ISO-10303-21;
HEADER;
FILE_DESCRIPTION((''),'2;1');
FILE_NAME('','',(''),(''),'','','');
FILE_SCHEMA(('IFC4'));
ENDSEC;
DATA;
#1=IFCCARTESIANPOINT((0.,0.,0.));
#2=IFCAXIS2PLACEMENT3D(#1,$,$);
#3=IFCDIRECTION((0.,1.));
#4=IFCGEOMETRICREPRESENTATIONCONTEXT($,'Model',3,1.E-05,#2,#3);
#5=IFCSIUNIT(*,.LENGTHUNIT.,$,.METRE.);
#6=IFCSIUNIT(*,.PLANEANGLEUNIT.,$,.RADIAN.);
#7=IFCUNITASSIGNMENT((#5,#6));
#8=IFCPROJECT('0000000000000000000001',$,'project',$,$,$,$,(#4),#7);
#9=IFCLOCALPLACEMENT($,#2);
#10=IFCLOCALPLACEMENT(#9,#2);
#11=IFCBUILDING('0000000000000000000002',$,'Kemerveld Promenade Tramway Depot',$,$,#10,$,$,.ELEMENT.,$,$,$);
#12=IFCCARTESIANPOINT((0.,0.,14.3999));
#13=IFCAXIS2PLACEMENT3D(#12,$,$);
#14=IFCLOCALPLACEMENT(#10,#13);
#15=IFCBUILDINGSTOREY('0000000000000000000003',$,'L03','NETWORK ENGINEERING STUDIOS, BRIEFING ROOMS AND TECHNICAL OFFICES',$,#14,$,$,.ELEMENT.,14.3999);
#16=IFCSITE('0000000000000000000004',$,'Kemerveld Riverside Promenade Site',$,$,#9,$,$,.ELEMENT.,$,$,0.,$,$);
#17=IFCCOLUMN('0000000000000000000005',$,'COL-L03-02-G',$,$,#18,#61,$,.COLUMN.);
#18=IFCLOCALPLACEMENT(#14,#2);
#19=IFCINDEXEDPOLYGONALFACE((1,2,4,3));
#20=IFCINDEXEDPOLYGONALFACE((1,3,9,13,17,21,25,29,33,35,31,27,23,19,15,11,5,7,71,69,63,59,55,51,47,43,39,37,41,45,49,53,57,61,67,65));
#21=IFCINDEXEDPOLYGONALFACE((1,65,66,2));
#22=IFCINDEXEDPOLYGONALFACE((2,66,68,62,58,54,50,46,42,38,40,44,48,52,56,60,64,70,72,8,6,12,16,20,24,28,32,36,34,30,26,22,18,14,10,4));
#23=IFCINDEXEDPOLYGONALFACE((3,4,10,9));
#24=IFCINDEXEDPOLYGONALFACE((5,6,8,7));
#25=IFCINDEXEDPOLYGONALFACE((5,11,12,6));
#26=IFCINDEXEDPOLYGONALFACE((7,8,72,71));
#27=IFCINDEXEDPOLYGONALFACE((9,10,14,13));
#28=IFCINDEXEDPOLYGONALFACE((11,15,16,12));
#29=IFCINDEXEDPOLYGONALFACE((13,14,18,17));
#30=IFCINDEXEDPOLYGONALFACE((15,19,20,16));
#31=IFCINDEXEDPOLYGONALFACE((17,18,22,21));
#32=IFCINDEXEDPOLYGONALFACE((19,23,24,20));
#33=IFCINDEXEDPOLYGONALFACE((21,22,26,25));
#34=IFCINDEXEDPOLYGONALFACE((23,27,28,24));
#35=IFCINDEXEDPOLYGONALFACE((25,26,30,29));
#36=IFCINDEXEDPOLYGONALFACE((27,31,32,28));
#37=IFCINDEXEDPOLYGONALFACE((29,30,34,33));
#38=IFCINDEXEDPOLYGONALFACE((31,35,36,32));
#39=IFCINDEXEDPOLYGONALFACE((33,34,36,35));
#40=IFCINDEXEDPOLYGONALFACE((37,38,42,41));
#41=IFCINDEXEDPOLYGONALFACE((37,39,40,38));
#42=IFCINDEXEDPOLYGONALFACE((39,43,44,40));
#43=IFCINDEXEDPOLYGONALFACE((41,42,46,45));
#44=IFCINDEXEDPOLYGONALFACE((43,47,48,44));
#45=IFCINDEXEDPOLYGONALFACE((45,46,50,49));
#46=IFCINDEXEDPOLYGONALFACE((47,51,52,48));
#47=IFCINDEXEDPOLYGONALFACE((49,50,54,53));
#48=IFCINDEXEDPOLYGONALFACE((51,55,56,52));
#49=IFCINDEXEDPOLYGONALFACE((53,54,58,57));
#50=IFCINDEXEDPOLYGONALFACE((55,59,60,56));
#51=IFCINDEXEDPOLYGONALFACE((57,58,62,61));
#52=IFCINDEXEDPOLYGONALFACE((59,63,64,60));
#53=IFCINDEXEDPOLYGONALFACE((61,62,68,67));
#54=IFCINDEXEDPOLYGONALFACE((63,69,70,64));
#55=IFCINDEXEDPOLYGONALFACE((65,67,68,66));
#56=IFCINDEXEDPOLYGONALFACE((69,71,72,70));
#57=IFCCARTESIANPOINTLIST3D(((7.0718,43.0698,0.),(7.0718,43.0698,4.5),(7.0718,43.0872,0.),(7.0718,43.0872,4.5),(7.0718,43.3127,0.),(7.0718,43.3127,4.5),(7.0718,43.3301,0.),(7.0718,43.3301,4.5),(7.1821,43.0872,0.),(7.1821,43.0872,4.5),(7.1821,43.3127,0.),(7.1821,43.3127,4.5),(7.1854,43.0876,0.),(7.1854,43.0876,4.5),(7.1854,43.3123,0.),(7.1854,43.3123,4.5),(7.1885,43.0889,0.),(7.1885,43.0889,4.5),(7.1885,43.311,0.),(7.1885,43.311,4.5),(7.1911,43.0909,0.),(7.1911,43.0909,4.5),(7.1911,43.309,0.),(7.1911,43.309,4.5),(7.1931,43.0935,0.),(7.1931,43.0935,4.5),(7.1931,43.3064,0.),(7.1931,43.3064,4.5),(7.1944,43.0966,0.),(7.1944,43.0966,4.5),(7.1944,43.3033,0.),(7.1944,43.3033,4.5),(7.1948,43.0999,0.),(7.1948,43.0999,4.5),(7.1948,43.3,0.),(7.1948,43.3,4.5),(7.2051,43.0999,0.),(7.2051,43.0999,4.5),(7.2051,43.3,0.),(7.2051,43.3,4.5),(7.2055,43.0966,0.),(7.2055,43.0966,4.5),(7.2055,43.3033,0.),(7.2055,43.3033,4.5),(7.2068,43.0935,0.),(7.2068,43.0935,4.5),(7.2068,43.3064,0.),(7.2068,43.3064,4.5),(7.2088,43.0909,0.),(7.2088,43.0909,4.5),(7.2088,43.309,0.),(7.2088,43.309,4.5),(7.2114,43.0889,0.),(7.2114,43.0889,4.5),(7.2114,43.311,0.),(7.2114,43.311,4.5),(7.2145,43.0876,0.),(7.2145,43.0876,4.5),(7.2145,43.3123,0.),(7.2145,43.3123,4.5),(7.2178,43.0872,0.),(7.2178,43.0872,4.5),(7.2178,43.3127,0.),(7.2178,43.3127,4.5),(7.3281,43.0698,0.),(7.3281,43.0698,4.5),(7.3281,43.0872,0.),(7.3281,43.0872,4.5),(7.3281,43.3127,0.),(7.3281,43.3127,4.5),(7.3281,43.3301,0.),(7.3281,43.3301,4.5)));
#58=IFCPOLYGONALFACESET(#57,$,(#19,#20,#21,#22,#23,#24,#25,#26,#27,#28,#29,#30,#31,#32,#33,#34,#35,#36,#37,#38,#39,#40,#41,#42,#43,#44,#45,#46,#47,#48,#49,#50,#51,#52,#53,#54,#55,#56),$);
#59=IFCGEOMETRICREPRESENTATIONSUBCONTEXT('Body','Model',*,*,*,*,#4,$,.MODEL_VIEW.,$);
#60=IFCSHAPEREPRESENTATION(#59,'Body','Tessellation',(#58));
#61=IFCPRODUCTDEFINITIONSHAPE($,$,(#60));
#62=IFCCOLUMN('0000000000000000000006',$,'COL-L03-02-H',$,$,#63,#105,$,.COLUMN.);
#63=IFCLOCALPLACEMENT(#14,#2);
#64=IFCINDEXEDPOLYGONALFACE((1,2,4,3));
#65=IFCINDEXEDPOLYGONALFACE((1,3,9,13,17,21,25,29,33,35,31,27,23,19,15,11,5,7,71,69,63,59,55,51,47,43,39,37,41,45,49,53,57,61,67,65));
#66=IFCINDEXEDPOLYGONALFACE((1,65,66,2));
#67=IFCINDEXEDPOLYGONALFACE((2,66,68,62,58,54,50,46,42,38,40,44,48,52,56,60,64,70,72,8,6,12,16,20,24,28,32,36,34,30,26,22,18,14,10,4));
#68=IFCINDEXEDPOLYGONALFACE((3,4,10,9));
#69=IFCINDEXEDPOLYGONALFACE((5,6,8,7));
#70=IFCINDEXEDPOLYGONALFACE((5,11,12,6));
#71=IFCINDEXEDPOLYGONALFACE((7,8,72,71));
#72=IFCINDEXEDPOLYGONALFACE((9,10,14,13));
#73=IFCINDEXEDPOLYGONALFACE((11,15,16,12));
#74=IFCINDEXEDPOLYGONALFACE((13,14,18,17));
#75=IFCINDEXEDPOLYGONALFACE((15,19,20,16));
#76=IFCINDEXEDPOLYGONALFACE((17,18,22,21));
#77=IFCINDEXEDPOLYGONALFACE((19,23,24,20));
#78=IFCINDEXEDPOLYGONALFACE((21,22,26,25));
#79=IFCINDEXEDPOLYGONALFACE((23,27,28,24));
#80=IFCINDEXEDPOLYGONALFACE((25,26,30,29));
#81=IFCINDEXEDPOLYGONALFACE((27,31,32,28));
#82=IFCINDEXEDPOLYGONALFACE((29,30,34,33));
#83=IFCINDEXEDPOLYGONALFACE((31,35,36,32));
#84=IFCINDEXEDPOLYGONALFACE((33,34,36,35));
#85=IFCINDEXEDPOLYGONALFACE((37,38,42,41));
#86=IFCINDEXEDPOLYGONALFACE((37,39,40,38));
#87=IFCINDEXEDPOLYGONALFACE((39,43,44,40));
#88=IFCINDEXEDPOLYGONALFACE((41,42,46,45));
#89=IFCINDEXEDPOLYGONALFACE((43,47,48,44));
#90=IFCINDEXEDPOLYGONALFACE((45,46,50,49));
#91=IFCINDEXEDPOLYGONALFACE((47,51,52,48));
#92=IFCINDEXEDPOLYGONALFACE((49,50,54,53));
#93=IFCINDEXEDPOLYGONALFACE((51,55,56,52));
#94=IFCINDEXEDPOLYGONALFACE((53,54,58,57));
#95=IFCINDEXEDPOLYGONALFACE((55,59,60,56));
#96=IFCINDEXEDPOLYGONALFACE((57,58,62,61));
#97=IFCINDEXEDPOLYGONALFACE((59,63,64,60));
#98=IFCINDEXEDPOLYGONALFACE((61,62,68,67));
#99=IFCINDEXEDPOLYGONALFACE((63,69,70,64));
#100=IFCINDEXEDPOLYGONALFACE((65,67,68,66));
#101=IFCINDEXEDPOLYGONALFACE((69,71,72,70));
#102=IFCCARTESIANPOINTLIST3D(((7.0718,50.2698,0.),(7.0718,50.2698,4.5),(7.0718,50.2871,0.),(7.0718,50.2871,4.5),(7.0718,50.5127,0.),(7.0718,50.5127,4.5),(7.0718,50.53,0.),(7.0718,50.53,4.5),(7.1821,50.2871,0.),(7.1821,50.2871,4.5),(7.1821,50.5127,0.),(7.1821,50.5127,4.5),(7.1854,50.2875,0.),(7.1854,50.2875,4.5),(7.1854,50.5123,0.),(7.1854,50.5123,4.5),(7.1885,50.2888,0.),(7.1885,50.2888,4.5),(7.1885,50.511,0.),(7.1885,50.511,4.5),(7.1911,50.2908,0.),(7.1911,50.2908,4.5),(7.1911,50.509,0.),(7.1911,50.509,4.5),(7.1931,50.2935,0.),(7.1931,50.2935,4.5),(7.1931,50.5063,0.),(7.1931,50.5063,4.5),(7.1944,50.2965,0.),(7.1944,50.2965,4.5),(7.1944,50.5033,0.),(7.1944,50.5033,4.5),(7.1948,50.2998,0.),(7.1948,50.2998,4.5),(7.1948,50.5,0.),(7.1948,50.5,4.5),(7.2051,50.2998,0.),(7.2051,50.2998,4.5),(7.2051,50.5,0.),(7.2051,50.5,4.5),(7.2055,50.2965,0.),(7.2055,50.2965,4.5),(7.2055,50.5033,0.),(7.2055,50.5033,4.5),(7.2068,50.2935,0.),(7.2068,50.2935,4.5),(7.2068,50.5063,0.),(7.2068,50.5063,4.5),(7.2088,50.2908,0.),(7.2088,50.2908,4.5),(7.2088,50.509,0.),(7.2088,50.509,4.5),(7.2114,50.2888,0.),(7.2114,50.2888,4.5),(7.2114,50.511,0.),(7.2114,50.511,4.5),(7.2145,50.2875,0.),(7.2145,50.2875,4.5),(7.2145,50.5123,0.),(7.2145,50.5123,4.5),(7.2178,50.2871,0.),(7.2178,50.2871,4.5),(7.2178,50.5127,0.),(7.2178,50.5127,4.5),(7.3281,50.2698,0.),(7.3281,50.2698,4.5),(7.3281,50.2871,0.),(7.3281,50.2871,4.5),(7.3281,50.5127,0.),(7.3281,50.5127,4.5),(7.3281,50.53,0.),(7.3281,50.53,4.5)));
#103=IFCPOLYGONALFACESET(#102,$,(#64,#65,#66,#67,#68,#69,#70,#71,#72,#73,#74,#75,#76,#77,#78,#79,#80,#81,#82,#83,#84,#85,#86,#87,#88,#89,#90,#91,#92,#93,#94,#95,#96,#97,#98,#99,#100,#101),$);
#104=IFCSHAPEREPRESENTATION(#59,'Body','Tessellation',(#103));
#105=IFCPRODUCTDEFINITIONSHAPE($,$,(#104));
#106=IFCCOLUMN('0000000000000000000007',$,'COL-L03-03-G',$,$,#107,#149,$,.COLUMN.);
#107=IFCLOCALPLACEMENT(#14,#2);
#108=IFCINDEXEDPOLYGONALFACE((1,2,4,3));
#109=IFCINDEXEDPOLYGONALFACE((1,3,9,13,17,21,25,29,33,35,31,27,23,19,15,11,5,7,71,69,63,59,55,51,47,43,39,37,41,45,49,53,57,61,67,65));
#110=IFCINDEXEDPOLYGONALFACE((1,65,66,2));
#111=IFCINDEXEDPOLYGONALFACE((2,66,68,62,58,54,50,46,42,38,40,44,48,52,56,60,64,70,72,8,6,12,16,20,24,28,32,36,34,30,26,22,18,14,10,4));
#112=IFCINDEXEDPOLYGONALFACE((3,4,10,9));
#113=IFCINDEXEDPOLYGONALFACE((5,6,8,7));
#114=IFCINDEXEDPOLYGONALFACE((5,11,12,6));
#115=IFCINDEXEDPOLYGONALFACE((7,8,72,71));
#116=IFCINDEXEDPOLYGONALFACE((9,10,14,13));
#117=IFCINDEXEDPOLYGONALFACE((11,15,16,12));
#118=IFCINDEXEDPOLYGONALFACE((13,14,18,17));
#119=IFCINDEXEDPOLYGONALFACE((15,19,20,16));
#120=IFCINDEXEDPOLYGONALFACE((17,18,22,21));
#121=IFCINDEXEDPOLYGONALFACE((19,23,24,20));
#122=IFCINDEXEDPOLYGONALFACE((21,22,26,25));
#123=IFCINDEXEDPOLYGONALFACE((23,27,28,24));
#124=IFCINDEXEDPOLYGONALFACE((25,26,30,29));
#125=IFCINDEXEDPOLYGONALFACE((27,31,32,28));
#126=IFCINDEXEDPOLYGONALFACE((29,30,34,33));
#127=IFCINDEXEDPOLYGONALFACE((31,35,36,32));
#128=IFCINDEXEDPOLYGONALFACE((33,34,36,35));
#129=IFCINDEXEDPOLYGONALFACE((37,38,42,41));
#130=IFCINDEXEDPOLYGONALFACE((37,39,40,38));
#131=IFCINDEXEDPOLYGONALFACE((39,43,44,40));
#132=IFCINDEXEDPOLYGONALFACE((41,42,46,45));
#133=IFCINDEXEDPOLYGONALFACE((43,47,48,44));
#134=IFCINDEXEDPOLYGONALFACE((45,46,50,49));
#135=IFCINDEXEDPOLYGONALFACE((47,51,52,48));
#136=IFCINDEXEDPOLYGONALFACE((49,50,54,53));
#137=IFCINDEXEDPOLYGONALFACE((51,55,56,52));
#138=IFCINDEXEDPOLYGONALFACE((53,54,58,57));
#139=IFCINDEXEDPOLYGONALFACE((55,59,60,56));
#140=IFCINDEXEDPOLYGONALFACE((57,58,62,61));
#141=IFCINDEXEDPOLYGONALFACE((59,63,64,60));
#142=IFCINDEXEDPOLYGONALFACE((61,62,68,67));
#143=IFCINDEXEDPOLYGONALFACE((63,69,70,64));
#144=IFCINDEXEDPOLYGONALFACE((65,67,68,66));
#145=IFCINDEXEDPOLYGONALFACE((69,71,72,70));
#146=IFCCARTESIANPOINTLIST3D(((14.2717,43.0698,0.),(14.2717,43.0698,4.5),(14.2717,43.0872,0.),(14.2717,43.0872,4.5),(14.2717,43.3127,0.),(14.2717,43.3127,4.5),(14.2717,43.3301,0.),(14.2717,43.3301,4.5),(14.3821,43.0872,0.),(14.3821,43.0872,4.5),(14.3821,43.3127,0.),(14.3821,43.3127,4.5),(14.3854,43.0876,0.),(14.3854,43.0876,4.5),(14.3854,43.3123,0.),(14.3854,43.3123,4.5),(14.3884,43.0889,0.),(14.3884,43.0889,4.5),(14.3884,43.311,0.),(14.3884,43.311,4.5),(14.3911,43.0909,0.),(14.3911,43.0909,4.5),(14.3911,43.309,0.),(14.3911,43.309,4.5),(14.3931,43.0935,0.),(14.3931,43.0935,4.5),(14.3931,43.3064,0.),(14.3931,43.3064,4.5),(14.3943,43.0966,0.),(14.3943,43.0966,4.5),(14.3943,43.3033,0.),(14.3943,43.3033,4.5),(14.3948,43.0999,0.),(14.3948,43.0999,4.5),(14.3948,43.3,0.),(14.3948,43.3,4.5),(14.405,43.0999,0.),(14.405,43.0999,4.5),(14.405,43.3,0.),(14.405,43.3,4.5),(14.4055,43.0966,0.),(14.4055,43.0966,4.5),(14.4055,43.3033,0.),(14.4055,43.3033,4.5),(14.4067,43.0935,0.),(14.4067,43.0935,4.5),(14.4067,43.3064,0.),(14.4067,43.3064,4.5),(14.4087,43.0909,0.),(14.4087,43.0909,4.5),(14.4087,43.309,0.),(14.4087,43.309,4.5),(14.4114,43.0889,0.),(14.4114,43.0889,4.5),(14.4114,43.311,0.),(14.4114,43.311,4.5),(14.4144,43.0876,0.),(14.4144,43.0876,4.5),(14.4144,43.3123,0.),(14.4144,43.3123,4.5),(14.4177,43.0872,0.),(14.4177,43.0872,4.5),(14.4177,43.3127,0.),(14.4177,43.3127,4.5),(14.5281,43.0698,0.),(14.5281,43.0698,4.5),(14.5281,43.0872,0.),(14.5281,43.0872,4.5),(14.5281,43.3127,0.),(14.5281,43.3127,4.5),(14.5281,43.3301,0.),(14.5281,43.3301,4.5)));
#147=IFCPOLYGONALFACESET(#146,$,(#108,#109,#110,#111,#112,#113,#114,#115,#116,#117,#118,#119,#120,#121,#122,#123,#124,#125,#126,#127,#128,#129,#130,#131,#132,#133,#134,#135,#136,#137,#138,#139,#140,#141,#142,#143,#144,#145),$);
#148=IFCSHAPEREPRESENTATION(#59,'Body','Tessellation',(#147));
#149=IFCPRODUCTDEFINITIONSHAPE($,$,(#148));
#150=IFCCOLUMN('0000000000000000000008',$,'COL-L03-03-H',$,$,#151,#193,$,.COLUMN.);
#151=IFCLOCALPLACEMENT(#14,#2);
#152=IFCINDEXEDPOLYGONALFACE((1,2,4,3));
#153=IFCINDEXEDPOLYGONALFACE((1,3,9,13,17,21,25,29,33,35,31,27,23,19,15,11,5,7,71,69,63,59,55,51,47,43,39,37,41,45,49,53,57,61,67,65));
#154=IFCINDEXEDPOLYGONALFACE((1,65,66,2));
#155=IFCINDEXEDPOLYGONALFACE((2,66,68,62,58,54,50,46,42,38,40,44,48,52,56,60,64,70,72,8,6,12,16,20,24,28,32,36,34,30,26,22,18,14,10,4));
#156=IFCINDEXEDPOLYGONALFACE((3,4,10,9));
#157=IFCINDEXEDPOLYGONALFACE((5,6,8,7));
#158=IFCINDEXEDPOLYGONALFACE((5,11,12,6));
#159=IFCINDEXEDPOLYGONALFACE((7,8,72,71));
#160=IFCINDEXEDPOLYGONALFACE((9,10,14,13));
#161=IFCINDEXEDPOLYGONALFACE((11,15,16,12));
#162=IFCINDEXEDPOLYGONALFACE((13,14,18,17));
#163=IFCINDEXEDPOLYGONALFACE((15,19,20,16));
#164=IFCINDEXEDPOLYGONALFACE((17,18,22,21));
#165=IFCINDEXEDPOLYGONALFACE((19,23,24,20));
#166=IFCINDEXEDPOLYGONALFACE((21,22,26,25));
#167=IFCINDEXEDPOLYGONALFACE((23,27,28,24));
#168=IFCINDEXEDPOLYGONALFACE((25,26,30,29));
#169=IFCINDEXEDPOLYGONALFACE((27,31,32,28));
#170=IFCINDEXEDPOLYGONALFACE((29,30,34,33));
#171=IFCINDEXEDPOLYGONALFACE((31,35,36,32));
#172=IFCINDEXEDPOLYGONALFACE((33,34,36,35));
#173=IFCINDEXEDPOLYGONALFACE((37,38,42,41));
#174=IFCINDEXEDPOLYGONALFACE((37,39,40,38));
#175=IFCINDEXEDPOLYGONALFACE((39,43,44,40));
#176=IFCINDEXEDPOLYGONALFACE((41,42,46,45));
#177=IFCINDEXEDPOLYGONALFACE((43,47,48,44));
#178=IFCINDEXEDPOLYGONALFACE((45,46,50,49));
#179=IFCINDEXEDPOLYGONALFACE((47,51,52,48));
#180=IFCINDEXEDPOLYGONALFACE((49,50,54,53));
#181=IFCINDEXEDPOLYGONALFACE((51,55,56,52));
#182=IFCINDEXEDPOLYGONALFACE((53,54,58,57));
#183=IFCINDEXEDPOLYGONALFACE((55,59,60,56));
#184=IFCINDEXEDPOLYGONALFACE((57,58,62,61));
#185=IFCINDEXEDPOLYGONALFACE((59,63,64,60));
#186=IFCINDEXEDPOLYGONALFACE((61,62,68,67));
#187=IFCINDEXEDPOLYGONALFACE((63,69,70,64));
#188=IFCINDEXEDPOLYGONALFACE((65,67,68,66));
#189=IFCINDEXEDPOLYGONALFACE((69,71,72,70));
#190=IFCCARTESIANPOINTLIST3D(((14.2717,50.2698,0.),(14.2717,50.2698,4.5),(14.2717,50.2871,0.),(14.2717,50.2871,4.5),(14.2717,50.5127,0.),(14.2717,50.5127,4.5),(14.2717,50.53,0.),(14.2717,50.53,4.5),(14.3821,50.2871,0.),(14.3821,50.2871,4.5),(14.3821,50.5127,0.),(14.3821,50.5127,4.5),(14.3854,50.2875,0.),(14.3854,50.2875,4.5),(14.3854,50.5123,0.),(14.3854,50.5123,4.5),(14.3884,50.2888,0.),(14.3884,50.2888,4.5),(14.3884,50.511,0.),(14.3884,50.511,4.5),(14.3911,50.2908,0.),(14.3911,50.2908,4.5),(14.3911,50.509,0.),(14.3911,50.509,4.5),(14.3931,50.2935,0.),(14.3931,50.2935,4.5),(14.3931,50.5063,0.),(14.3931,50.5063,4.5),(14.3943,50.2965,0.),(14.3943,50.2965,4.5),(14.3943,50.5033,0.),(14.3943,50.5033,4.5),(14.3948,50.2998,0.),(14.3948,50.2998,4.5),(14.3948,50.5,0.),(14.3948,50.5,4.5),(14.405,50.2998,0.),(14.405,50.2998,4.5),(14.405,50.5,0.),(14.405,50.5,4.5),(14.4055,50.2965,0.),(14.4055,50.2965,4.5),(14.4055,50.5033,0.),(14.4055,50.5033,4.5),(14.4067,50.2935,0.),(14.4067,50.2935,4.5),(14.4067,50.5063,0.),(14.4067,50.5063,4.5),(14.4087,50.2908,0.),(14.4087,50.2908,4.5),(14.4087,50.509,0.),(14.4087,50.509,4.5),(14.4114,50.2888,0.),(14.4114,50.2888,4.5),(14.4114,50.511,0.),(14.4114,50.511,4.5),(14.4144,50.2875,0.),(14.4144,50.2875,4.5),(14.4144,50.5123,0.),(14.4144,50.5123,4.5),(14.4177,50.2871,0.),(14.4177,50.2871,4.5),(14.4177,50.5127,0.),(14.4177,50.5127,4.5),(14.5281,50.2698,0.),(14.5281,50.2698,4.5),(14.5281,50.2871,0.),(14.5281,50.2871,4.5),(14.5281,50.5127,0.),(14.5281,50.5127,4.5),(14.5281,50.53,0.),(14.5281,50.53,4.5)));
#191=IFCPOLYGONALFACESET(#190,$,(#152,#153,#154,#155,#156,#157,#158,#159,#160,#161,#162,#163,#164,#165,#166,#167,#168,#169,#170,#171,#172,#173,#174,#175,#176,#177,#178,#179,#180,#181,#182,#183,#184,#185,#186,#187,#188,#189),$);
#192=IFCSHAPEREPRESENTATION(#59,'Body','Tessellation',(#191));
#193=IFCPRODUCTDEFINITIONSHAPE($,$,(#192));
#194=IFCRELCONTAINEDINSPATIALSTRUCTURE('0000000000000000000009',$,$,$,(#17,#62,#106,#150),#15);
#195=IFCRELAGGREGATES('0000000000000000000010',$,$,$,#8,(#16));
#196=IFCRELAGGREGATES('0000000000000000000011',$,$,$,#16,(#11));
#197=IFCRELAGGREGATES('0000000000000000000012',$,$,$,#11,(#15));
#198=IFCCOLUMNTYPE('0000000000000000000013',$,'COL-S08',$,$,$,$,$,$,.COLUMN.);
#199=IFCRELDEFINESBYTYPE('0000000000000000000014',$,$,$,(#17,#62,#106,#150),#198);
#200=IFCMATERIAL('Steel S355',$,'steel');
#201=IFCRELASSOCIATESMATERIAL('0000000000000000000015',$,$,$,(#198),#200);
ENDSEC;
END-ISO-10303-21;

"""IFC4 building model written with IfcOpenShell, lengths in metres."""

from ifc_helpers import new_model, si_unit, direction, frame, origin, origin_2d, place, context, subcontext, project, spatial, i_section, extrude, material, material_profile, profile_set, type_object, element, save


model = new_model("IFC4")

# Units and contexts
model_context = context("Model", 3, precision=1e-05, world=origin(), true_north=direction((0.0, 1.0)))
body_context = subcontext(model_context, "Body", "Model", "MODEL_VIEW")
ifc_project = project(units=[si_unit("LENGTHUNIT", "METRE"), si_unit("PLANEANGLEUNIT", "RADIAN")], contexts=[model_context])

# Site, building, storey
site_placement = place(None, origin())
site = spatial("IfcSite", under=ifc_project, at=site_placement, Name="Kemerveld Riverside Promenade Site", CompositionType="ELEMENT", RefElevation=0.0)
building_placement = place(site_placement, origin())
building = spatial("IfcBuilding", under=site, at=building_placement, Name="Kemerveld Promenade Tramway Depot", CompositionType="ELEMENT")
storey_placement = place(building_placement, frame((0.0, 0.0, 14.3999)))
storey = spatial("IfcBuildingStorey", under=building, at=storey_placement, Name="L03", Description="NETWORK ENGINEERING STUDIOS, BRIEFING ROOMS AND TECHNICAL OFFICES", CompositionType="ELEMENT", Elevation=14.3999)

# Columns
ifc_material_1 = material(Name="Steel S355", Category="steel")
ifc_material_profile_1 = material_profile(ifc_material_1, i_section(OverallWidth=0.2563, OverallDepth=0.2603, WebThickness=0.0103, FlangeThickness=0.0173, FilletRadius=0.0127, at=origin_2d()), Name="254x254x89 UC")
ifc_profile_set_1 = profile_set([ifc_material_profile_1], Name="Steel S355")
column_type = type_object("IfcColumnType", Name="COL-S08", PredefinedType="COLUMN", material=ifc_profile_set_1)
for number, where, z_axis, x_axis, name in (
    (1, (7.2, 43.2, 0.0), (0.0, 0.0, 1.0), (1.0, 0.0, 0.0), "COL-L03-02-G"),
    (2, (7.2, 50.3999, 0.0), (0.0, 0.0, 1.0), (1.0, 0.0, 0.0), "COL-L03-02-H"),
    (3, (14.3999, 43.2, 0.0), (0.0, 0.0, 1.0), (1.0, 0.0, 0.0), "COL-L03-03-G"),
    (4, (14.3999, 50.3999, 0.0), (0.0, 0.0, 1.0), (1.0, 0.0, 0.0), "COL-L03-03-H"),
):
    element("IfcColumn", number, at=place(storey_placement, frame(where, z_axis=z_axis, x_axis=x_axis)), inside=storey, type_object=column_type, Name=name, PredefinedType="COLUMN", context=body_context, shape_type="SweptSolid", body=[
        extrude(i_section(OverallWidth=0.2563, OverallDepth=0.2603, WebThickness=0.0103, FlangeThickness=0.0173, FilletRadius=0.0127, at=origin_2d()), origin(), (0.0, 0.0, 1.0), 4.5),
    ])

save(model, "model.ifc")
